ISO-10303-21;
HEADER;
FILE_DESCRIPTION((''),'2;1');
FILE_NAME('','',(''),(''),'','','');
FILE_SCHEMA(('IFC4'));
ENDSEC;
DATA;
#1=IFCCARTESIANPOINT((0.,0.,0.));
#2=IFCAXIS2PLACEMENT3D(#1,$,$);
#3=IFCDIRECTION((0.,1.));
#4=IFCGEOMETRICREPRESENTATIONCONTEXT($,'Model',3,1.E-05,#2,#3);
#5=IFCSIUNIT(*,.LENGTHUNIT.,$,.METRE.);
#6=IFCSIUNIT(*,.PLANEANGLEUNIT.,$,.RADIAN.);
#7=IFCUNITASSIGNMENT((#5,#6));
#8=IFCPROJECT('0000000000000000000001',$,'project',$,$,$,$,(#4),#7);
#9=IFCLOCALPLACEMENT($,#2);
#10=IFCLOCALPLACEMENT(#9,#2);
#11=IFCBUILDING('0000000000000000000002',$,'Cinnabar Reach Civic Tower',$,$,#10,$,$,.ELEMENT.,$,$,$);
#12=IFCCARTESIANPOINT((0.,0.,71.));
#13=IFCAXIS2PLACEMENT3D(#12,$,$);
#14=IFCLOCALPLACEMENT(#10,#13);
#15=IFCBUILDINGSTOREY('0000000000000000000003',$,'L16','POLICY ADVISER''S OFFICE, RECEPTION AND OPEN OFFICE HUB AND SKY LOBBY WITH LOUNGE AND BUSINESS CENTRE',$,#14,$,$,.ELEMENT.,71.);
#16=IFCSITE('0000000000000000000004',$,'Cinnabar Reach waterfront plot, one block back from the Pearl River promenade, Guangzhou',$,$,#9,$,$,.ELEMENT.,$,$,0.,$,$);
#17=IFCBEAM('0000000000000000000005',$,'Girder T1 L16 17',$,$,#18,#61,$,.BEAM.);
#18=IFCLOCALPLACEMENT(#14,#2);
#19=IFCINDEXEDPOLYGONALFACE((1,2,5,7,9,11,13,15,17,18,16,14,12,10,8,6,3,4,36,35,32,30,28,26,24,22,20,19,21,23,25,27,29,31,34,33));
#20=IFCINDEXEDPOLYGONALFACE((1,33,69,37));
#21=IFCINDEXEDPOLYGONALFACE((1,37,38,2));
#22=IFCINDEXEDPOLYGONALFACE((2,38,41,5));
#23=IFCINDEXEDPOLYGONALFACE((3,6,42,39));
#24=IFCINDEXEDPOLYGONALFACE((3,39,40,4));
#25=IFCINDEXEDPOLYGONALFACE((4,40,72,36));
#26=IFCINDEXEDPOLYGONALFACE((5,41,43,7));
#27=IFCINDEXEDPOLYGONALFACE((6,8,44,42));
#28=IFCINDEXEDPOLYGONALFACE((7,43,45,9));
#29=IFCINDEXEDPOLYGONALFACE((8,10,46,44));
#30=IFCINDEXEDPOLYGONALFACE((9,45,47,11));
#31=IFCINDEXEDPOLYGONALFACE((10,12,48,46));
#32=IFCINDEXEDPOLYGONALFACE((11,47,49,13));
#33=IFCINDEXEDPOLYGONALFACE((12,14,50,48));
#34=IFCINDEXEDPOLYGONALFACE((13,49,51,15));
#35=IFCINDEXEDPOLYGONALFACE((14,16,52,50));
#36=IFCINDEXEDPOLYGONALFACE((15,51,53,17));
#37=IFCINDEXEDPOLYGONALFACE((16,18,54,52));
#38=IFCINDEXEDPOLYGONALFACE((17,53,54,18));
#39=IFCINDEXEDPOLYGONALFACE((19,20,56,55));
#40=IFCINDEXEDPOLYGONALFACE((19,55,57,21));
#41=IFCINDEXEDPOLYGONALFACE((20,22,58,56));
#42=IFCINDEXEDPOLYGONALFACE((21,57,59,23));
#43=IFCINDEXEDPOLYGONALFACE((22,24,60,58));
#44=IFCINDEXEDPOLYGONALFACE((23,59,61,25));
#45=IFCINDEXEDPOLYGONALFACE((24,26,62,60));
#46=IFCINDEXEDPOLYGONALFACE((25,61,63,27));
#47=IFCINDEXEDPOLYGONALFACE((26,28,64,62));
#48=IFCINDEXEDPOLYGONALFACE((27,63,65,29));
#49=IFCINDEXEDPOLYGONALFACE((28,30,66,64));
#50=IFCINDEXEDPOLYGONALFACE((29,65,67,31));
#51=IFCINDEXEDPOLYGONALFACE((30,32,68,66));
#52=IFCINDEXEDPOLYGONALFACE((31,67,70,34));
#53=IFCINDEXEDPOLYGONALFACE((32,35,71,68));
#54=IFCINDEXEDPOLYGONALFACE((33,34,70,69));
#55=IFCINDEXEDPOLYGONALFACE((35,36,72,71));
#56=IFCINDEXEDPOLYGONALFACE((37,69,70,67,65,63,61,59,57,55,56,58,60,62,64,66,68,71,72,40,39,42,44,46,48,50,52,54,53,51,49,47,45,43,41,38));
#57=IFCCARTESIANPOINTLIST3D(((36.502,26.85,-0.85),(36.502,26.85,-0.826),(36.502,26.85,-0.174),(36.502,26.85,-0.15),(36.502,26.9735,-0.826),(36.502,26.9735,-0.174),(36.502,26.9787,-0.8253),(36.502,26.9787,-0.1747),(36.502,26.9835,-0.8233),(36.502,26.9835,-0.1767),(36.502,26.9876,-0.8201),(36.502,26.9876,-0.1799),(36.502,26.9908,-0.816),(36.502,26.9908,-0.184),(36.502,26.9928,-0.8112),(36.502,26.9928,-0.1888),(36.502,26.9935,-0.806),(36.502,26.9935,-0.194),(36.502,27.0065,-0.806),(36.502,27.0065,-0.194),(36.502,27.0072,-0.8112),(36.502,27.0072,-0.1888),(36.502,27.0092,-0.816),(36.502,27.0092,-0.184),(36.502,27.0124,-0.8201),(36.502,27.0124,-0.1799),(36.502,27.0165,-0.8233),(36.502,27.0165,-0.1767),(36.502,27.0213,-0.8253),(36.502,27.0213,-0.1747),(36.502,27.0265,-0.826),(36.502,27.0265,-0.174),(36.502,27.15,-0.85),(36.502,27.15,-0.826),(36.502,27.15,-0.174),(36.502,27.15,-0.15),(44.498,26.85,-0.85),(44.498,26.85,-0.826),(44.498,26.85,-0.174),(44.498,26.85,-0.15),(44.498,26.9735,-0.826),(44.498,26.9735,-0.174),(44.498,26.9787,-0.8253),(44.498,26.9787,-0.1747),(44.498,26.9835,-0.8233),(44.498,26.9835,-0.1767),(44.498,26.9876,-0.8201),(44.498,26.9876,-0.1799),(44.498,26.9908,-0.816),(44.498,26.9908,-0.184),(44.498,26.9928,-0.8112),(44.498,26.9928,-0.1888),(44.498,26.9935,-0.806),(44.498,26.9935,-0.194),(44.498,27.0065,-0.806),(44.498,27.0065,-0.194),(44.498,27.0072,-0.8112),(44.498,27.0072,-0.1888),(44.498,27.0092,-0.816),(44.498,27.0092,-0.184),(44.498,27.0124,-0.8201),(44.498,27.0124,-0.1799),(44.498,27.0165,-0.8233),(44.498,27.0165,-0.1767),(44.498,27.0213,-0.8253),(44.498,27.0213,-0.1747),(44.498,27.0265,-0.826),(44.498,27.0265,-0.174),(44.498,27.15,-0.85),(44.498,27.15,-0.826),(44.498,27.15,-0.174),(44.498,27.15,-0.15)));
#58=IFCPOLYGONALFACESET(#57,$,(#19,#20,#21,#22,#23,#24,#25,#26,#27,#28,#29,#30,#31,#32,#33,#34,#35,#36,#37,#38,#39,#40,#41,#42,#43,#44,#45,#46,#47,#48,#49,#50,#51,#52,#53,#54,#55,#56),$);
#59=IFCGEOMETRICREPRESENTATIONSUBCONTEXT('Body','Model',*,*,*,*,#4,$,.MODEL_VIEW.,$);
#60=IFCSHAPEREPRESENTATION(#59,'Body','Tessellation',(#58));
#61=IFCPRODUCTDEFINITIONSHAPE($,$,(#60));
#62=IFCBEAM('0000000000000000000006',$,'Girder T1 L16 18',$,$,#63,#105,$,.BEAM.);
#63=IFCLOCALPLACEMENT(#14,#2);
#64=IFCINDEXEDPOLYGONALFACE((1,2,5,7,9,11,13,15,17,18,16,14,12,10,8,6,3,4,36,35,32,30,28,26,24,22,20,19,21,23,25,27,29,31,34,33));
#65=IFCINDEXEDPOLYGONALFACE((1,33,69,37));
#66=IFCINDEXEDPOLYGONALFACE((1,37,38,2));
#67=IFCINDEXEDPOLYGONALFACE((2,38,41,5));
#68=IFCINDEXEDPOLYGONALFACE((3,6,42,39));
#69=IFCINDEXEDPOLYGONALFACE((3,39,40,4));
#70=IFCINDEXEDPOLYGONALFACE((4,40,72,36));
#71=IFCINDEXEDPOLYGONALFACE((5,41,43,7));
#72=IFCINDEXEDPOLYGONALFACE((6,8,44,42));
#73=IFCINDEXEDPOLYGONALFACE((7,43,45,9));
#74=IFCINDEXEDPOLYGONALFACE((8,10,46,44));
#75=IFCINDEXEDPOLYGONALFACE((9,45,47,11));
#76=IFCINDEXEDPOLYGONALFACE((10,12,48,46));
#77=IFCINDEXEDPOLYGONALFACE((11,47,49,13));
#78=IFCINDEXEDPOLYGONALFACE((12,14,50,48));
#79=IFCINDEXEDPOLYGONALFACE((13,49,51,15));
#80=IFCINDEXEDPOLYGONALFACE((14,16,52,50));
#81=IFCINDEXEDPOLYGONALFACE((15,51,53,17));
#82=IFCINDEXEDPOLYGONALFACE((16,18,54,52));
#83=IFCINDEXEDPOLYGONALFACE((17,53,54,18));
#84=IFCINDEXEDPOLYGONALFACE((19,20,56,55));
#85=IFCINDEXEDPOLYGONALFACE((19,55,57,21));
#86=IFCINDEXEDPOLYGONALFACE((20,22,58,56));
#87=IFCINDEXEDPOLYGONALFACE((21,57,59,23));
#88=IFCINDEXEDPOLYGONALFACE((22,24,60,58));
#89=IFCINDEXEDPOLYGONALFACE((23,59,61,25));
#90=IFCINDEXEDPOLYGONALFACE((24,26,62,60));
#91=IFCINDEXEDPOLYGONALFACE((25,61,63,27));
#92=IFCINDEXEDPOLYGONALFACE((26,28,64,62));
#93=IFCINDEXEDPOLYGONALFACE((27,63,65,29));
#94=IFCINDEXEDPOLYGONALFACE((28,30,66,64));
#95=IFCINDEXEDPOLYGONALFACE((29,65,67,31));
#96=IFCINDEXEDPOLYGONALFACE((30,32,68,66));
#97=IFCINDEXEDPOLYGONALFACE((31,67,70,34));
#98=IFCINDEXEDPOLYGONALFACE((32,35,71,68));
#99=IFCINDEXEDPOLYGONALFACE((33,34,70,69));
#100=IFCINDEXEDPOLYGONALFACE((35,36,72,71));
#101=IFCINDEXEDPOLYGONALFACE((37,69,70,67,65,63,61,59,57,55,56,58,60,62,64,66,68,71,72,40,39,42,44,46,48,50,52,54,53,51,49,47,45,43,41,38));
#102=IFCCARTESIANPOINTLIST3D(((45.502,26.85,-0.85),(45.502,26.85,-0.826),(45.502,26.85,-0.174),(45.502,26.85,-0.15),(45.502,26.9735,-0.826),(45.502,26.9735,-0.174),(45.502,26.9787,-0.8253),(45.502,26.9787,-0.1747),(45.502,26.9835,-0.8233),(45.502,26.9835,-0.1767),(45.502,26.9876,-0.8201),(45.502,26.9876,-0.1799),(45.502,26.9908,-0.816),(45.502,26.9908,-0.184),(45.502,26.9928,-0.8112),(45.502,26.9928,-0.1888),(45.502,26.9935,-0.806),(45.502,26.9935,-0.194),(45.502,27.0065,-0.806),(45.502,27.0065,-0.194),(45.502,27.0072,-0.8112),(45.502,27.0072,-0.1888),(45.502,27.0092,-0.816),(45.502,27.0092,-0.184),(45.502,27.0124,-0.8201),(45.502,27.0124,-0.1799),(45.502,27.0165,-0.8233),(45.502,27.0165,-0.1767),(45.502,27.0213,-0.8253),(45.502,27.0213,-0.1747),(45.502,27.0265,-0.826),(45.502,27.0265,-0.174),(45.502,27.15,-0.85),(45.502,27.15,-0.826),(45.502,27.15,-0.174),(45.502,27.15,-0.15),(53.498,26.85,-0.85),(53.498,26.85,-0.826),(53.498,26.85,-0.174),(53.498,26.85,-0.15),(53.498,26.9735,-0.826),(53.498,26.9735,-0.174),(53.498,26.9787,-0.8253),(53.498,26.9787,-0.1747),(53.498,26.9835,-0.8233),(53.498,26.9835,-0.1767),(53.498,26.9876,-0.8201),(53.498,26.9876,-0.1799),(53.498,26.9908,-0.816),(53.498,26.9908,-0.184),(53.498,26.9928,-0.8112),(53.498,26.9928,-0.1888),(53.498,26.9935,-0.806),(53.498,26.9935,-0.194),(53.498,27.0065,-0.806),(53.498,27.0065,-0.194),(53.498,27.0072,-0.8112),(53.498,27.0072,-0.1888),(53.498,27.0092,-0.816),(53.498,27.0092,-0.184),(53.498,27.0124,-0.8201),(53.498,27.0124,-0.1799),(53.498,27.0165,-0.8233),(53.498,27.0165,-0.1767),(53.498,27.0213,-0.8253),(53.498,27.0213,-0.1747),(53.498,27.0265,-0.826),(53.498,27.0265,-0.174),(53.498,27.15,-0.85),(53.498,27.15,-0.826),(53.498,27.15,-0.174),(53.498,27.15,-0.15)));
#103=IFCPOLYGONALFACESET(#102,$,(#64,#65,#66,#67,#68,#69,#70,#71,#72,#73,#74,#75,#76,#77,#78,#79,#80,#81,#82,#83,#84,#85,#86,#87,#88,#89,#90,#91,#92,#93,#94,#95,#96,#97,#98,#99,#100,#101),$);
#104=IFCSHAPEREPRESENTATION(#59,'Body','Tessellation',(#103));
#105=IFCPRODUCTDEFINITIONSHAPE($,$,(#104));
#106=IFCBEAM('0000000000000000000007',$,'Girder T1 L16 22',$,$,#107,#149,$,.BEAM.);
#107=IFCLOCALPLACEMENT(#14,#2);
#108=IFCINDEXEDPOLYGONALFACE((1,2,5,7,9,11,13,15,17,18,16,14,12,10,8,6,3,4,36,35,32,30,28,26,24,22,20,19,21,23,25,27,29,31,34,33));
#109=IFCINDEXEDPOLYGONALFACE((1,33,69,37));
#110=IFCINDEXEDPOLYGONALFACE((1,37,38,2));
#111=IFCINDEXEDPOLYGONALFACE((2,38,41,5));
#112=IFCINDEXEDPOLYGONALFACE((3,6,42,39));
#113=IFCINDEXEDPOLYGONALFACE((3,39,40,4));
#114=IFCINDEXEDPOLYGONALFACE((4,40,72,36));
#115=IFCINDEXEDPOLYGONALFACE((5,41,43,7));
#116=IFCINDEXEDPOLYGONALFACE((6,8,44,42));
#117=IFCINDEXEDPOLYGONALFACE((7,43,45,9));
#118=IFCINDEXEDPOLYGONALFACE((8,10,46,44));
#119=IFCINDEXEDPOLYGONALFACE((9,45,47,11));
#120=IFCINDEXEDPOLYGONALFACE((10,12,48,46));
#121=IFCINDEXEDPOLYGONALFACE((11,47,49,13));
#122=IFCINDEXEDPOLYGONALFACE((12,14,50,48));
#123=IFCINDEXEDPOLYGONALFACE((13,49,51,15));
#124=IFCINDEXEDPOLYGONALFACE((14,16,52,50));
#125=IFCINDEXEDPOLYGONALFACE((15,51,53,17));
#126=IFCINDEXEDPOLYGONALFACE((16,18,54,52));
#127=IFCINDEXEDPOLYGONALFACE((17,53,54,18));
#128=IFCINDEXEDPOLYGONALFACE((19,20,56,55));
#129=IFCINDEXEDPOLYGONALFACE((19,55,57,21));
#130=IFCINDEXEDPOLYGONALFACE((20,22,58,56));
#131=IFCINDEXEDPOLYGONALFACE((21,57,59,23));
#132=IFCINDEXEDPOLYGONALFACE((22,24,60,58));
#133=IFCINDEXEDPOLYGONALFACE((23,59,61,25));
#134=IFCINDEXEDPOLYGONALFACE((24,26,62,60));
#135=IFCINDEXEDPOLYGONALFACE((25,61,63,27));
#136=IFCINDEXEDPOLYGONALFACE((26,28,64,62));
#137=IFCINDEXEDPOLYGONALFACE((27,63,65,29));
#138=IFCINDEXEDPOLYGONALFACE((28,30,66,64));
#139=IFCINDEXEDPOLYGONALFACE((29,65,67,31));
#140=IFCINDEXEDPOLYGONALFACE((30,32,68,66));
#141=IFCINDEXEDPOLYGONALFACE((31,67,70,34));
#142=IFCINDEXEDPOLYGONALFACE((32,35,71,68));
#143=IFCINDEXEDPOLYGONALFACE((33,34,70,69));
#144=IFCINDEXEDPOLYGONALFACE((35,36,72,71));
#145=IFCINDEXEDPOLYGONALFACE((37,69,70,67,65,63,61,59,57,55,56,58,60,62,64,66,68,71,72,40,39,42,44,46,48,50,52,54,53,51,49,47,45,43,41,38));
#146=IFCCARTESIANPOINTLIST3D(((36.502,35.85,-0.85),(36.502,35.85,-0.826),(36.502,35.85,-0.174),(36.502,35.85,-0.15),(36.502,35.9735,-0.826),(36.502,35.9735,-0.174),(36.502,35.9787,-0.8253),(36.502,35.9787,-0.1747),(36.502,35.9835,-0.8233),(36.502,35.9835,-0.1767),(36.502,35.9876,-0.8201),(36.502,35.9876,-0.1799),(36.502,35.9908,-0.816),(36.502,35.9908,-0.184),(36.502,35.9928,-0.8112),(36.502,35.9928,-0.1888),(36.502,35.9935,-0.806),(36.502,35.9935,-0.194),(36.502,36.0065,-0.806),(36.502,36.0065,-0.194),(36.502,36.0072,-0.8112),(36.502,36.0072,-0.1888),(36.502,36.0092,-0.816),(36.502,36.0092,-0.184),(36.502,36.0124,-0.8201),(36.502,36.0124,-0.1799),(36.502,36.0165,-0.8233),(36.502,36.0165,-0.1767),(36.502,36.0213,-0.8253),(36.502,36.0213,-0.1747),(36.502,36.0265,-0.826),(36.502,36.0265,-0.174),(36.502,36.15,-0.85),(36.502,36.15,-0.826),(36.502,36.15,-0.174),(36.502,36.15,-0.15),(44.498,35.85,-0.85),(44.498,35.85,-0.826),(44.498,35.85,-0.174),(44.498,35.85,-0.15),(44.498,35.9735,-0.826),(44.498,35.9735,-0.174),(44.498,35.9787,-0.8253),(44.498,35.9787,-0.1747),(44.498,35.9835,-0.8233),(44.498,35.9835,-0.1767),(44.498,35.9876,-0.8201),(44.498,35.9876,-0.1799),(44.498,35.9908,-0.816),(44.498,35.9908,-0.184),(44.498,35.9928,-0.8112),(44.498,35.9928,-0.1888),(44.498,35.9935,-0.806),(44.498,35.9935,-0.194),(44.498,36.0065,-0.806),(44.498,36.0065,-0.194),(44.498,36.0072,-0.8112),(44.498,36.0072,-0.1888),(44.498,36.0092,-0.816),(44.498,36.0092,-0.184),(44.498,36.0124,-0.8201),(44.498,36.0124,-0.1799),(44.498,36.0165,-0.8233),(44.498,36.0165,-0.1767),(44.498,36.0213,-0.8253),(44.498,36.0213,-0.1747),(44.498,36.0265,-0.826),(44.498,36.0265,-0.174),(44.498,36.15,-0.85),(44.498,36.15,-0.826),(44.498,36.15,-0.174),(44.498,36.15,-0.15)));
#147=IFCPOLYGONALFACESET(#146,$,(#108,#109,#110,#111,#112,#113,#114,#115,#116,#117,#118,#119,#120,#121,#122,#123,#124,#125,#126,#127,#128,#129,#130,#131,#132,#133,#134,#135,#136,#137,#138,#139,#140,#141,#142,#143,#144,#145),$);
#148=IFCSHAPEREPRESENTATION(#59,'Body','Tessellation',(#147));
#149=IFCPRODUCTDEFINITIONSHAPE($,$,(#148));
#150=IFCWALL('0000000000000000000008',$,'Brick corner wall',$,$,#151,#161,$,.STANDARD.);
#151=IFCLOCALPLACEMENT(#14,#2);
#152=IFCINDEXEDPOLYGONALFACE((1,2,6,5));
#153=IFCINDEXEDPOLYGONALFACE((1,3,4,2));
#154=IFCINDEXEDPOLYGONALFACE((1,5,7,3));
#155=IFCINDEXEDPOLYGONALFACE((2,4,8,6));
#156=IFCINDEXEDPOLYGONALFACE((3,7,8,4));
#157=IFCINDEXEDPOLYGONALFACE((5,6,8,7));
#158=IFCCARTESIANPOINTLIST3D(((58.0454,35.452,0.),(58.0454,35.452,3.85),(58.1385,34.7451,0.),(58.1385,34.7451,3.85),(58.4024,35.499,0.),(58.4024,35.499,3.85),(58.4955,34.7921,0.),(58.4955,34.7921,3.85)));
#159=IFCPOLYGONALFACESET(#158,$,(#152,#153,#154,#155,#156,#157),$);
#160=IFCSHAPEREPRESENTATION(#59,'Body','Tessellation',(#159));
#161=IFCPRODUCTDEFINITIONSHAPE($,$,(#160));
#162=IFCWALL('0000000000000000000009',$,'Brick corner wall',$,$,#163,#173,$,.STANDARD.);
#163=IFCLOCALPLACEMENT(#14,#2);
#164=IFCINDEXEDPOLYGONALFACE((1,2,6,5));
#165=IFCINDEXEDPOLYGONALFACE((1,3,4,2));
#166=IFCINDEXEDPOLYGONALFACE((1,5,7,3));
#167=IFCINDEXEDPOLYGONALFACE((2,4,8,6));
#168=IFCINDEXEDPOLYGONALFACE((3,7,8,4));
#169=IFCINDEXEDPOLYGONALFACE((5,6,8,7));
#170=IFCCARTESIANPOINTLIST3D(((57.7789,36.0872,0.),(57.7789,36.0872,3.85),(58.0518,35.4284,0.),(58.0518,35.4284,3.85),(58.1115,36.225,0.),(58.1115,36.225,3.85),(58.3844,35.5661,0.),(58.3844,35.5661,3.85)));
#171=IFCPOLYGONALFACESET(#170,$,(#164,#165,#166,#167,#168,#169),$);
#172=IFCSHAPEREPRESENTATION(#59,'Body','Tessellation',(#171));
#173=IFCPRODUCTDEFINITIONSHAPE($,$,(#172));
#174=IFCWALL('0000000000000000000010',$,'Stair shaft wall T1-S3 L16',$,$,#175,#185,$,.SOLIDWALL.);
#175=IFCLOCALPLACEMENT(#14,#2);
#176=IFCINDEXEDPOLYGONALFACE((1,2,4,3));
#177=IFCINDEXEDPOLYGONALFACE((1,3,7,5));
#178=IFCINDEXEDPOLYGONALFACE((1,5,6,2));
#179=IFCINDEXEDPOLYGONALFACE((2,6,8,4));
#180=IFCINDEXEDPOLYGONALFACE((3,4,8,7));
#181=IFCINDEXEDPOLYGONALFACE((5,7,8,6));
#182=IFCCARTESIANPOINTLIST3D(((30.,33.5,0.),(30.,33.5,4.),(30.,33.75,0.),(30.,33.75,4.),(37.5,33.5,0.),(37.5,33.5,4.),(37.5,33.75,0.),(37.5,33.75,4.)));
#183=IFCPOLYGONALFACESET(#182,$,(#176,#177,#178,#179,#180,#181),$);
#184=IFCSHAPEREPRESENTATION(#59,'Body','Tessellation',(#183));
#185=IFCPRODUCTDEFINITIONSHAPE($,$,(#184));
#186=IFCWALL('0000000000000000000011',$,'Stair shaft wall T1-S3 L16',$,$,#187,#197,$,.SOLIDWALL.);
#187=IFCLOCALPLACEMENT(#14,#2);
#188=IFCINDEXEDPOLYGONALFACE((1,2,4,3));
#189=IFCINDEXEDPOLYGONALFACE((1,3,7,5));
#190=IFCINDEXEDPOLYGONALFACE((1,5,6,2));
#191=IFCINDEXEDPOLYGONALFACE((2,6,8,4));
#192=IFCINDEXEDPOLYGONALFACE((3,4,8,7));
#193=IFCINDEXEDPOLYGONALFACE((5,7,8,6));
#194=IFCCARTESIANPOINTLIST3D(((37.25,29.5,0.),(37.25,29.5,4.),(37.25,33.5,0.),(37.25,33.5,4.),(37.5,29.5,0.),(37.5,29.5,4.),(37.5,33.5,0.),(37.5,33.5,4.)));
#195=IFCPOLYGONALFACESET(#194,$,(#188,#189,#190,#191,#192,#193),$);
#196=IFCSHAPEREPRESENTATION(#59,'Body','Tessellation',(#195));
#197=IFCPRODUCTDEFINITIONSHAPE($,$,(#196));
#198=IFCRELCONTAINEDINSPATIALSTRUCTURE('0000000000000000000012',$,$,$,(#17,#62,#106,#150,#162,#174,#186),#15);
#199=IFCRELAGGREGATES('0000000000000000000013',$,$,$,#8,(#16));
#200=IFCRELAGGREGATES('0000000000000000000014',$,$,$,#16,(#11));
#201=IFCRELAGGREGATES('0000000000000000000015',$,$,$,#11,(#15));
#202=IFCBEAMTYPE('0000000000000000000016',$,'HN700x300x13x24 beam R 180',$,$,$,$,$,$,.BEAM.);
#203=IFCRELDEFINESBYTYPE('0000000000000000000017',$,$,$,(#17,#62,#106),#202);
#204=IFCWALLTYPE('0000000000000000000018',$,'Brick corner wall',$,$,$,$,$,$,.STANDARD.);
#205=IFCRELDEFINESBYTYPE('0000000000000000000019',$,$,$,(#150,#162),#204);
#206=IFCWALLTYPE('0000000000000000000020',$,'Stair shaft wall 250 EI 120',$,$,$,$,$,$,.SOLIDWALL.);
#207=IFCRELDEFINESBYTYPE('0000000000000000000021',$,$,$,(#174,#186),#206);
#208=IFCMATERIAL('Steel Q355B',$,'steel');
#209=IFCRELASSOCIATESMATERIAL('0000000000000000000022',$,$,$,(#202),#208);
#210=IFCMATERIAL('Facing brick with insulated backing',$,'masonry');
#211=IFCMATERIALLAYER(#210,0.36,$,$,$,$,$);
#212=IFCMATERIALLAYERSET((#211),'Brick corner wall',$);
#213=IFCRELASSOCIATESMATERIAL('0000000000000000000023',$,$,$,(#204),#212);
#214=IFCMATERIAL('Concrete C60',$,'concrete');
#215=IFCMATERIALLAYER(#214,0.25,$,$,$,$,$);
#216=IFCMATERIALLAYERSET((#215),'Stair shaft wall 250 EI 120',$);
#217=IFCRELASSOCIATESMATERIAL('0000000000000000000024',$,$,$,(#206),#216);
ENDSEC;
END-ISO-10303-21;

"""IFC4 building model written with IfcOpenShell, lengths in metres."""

from ifc_helpers import new_model, si_unit, direction, frame, frame_2d, origin, origin_2d, place, context, subcontext, project, spatial, rectangle, i_section, extrude, material, layer, layer_set, material_profile, profile_set, type_object, element, save


model = new_model("IFC4")

# Units and contexts
model_context = context("Model", 3, precision=1e-05, world=origin(), true_north=direction((0.0, 1.0)))
body_context = subcontext(model_context, "Body", "Model", "MODEL_VIEW")
ifc_project = project(units=[si_unit("LENGTHUNIT", "METRE"), si_unit("PLANEANGLEUNIT", "RADIAN")], contexts=[model_context])

# Site, building, storey
site_placement = place(None, origin())
site = spatial("IfcSite", under=ifc_project, at=site_placement, Name="Cinnabar Reach waterfront plot, one block back from the Pearl River promenade, Guangzhou", CompositionType="ELEMENT", RefElevation=0.0)
building_placement = place(site_placement, origin())
building = spatial("IfcBuilding", under=site, at=building_placement, Name="Cinnabar Reach Civic Tower", CompositionType="ELEMENT")
storey_placement = place(building_placement, frame((0.0, 0.0, 71.0)))
storey = spatial("IfcBuildingStorey", under=building, at=storey_placement, Name="L16", Description="POLICY ADVISER'S OFFICE, RECEPTION AND OPEN OFFICE HUB AND SKY LOBBY WITH LOUNGE AND BUSINESS CENTRE", CompositionType="ELEMENT", Elevation=71.0)

# Beams
ifc_material_1 = material(Name="Steel Q355B", Category="steel")
ifc_material_profile_1 = material_profile(ifc_material_1, i_section(OverallWidth=0.3, OverallDepth=0.7, WebThickness=0.013, FlangeThickness=0.024, FilletRadius=0.02, at=origin_2d()), Name="HN700x300x13x24")
ifc_profile_set_1 = profile_set([ifc_material_profile_1], Name="Steel Q355B")
beam_type_1 = type_object("IfcBeamType", Name="HN700x300x13x24 beam R 180", PredefinedType="BEAM", material=ifc_profile_set_1)
for number, where, z_axis, x_axis, name in (
    (1, (36.502, 27.0, -0.5), (1.0, 0.0, 0.0), (0.0, 1.0, 0.0), "Girder T1 L16 17"),
    (2, (45.502, 27.0, -0.5), (1.0, 0.0, 0.0), (0.0, 1.0, 0.0), "Girder T1 L16 18"),
    (3, (36.502, 36.0, -0.5), (1.0, 0.0, 0.0), (0.0, 1.0, 0.0), "Girder T1 L16 22"),
):
    element("IfcBeam", number, at=place(storey_placement, frame(where, z_axis=z_axis, x_axis=x_axis)), inside=storey, type_object=beam_type_1, Name=name, PredefinedType="BEAM", context=body_context, shape_type="SweptSolid", body=[
        extrude(i_section(OverallWidth=0.3, OverallDepth=0.7, WebThickness=0.013, FlangeThickness=0.024, FilletRadius=0.02, at=origin_2d()), origin(), (0.0, 0.0, 1.0), 7.996),
    ])

# Walls
ifc_material_2 = material(Name="Facing brick with insulated backing", Category="masonry")
ifc_layer_1 = layer(ifc_material_2, 0.36)
ifc_layer_set_1 = layer_set([ifc_layer_1], Name="Brick corner wall")
wall_type_1 = type_object("IfcWallType", Name="Brick corner wall", PredefinedType="STANDARD", material=ifc_layer_set_1)
for number, where, z_axis, x_axis, name in (
    (4, (58.317, 34.7686, 0.0), (0.0, 0.0, 1.0), (-0.130556, 0.991441, 0.0), "Brick corner wall"),
    (5, (58.2181, 35.4973, 0.0), (0.0, 0.0, 1.0), (-0.382703, 0.923872, 0.0), "Brick corner wall"),
):
    element("IfcWall", number, at=place(storey_placement, frame(where, z_axis=z_axis, x_axis=x_axis)), inside=storey, type_object=wall_type_1, Name=name, PredefinedType="STANDARD", context=body_context, shape_type="SweptSolid", body=[
        extrude(rectangle(XDim=0.7131, YDim=0.36, at=frame_2d((0.3565, 0.0))), origin(), (0.0, 0.0, 1.0), 3.85),
    ])
ifc_material_3 = material(Name="Concrete C60", Category="concrete")
ifc_layer_2 = layer(ifc_material_3, 0.25)
ifc_layer_set_2 = layer_set([ifc_layer_2], Name="Stair shaft wall 250 EI 120")
wall_type_2 = type_object("IfcWallType", Name="Stair shaft wall 250 EI 120", PredefinedType="SOLIDWALL", material=ifc_layer_set_2)
wall_1_placement = place(storey_placement, frame((37.5, 33.625, 0.0), z_axis=(0.0, 0.0, 1.0), x_axis=(-1.0, 0.0, 0.0)))
element("IfcWall", 6, at=wall_1_placement, inside=storey, type_object=wall_type_2, Name="Stair shaft wall T1-S3 L16", PredefinedType="SOLIDWALL", context=body_context, shape_type="SweptSolid", body=[
    extrude(rectangle(XDim=7.5, YDim=0.25, at=frame_2d((3.75, 0.0))), origin(), (0.0, 0.0, 1.0), 4.0),
])
wall_2_placement = place(storey_placement, frame((37.375, 29.5, 0.0), z_axis=(0.0, 0.0, 1.0), x_axis=(0.0, 1.0, 0.0)))
element("IfcWall", 7, at=wall_2_placement, inside=storey, type_object=wall_type_2, Name="Stair shaft wall T1-S3 L16", PredefinedType="SOLIDWALL", context=body_context, shape_type="SweptSolid", body=[
    extrude(rectangle(XDim=4.0, YDim=0.25, at=frame_2d((2.0, 0.0))), origin(), (0.0, 0.0, 1.0), 4.0),
])

save(model, "model.ifc")
